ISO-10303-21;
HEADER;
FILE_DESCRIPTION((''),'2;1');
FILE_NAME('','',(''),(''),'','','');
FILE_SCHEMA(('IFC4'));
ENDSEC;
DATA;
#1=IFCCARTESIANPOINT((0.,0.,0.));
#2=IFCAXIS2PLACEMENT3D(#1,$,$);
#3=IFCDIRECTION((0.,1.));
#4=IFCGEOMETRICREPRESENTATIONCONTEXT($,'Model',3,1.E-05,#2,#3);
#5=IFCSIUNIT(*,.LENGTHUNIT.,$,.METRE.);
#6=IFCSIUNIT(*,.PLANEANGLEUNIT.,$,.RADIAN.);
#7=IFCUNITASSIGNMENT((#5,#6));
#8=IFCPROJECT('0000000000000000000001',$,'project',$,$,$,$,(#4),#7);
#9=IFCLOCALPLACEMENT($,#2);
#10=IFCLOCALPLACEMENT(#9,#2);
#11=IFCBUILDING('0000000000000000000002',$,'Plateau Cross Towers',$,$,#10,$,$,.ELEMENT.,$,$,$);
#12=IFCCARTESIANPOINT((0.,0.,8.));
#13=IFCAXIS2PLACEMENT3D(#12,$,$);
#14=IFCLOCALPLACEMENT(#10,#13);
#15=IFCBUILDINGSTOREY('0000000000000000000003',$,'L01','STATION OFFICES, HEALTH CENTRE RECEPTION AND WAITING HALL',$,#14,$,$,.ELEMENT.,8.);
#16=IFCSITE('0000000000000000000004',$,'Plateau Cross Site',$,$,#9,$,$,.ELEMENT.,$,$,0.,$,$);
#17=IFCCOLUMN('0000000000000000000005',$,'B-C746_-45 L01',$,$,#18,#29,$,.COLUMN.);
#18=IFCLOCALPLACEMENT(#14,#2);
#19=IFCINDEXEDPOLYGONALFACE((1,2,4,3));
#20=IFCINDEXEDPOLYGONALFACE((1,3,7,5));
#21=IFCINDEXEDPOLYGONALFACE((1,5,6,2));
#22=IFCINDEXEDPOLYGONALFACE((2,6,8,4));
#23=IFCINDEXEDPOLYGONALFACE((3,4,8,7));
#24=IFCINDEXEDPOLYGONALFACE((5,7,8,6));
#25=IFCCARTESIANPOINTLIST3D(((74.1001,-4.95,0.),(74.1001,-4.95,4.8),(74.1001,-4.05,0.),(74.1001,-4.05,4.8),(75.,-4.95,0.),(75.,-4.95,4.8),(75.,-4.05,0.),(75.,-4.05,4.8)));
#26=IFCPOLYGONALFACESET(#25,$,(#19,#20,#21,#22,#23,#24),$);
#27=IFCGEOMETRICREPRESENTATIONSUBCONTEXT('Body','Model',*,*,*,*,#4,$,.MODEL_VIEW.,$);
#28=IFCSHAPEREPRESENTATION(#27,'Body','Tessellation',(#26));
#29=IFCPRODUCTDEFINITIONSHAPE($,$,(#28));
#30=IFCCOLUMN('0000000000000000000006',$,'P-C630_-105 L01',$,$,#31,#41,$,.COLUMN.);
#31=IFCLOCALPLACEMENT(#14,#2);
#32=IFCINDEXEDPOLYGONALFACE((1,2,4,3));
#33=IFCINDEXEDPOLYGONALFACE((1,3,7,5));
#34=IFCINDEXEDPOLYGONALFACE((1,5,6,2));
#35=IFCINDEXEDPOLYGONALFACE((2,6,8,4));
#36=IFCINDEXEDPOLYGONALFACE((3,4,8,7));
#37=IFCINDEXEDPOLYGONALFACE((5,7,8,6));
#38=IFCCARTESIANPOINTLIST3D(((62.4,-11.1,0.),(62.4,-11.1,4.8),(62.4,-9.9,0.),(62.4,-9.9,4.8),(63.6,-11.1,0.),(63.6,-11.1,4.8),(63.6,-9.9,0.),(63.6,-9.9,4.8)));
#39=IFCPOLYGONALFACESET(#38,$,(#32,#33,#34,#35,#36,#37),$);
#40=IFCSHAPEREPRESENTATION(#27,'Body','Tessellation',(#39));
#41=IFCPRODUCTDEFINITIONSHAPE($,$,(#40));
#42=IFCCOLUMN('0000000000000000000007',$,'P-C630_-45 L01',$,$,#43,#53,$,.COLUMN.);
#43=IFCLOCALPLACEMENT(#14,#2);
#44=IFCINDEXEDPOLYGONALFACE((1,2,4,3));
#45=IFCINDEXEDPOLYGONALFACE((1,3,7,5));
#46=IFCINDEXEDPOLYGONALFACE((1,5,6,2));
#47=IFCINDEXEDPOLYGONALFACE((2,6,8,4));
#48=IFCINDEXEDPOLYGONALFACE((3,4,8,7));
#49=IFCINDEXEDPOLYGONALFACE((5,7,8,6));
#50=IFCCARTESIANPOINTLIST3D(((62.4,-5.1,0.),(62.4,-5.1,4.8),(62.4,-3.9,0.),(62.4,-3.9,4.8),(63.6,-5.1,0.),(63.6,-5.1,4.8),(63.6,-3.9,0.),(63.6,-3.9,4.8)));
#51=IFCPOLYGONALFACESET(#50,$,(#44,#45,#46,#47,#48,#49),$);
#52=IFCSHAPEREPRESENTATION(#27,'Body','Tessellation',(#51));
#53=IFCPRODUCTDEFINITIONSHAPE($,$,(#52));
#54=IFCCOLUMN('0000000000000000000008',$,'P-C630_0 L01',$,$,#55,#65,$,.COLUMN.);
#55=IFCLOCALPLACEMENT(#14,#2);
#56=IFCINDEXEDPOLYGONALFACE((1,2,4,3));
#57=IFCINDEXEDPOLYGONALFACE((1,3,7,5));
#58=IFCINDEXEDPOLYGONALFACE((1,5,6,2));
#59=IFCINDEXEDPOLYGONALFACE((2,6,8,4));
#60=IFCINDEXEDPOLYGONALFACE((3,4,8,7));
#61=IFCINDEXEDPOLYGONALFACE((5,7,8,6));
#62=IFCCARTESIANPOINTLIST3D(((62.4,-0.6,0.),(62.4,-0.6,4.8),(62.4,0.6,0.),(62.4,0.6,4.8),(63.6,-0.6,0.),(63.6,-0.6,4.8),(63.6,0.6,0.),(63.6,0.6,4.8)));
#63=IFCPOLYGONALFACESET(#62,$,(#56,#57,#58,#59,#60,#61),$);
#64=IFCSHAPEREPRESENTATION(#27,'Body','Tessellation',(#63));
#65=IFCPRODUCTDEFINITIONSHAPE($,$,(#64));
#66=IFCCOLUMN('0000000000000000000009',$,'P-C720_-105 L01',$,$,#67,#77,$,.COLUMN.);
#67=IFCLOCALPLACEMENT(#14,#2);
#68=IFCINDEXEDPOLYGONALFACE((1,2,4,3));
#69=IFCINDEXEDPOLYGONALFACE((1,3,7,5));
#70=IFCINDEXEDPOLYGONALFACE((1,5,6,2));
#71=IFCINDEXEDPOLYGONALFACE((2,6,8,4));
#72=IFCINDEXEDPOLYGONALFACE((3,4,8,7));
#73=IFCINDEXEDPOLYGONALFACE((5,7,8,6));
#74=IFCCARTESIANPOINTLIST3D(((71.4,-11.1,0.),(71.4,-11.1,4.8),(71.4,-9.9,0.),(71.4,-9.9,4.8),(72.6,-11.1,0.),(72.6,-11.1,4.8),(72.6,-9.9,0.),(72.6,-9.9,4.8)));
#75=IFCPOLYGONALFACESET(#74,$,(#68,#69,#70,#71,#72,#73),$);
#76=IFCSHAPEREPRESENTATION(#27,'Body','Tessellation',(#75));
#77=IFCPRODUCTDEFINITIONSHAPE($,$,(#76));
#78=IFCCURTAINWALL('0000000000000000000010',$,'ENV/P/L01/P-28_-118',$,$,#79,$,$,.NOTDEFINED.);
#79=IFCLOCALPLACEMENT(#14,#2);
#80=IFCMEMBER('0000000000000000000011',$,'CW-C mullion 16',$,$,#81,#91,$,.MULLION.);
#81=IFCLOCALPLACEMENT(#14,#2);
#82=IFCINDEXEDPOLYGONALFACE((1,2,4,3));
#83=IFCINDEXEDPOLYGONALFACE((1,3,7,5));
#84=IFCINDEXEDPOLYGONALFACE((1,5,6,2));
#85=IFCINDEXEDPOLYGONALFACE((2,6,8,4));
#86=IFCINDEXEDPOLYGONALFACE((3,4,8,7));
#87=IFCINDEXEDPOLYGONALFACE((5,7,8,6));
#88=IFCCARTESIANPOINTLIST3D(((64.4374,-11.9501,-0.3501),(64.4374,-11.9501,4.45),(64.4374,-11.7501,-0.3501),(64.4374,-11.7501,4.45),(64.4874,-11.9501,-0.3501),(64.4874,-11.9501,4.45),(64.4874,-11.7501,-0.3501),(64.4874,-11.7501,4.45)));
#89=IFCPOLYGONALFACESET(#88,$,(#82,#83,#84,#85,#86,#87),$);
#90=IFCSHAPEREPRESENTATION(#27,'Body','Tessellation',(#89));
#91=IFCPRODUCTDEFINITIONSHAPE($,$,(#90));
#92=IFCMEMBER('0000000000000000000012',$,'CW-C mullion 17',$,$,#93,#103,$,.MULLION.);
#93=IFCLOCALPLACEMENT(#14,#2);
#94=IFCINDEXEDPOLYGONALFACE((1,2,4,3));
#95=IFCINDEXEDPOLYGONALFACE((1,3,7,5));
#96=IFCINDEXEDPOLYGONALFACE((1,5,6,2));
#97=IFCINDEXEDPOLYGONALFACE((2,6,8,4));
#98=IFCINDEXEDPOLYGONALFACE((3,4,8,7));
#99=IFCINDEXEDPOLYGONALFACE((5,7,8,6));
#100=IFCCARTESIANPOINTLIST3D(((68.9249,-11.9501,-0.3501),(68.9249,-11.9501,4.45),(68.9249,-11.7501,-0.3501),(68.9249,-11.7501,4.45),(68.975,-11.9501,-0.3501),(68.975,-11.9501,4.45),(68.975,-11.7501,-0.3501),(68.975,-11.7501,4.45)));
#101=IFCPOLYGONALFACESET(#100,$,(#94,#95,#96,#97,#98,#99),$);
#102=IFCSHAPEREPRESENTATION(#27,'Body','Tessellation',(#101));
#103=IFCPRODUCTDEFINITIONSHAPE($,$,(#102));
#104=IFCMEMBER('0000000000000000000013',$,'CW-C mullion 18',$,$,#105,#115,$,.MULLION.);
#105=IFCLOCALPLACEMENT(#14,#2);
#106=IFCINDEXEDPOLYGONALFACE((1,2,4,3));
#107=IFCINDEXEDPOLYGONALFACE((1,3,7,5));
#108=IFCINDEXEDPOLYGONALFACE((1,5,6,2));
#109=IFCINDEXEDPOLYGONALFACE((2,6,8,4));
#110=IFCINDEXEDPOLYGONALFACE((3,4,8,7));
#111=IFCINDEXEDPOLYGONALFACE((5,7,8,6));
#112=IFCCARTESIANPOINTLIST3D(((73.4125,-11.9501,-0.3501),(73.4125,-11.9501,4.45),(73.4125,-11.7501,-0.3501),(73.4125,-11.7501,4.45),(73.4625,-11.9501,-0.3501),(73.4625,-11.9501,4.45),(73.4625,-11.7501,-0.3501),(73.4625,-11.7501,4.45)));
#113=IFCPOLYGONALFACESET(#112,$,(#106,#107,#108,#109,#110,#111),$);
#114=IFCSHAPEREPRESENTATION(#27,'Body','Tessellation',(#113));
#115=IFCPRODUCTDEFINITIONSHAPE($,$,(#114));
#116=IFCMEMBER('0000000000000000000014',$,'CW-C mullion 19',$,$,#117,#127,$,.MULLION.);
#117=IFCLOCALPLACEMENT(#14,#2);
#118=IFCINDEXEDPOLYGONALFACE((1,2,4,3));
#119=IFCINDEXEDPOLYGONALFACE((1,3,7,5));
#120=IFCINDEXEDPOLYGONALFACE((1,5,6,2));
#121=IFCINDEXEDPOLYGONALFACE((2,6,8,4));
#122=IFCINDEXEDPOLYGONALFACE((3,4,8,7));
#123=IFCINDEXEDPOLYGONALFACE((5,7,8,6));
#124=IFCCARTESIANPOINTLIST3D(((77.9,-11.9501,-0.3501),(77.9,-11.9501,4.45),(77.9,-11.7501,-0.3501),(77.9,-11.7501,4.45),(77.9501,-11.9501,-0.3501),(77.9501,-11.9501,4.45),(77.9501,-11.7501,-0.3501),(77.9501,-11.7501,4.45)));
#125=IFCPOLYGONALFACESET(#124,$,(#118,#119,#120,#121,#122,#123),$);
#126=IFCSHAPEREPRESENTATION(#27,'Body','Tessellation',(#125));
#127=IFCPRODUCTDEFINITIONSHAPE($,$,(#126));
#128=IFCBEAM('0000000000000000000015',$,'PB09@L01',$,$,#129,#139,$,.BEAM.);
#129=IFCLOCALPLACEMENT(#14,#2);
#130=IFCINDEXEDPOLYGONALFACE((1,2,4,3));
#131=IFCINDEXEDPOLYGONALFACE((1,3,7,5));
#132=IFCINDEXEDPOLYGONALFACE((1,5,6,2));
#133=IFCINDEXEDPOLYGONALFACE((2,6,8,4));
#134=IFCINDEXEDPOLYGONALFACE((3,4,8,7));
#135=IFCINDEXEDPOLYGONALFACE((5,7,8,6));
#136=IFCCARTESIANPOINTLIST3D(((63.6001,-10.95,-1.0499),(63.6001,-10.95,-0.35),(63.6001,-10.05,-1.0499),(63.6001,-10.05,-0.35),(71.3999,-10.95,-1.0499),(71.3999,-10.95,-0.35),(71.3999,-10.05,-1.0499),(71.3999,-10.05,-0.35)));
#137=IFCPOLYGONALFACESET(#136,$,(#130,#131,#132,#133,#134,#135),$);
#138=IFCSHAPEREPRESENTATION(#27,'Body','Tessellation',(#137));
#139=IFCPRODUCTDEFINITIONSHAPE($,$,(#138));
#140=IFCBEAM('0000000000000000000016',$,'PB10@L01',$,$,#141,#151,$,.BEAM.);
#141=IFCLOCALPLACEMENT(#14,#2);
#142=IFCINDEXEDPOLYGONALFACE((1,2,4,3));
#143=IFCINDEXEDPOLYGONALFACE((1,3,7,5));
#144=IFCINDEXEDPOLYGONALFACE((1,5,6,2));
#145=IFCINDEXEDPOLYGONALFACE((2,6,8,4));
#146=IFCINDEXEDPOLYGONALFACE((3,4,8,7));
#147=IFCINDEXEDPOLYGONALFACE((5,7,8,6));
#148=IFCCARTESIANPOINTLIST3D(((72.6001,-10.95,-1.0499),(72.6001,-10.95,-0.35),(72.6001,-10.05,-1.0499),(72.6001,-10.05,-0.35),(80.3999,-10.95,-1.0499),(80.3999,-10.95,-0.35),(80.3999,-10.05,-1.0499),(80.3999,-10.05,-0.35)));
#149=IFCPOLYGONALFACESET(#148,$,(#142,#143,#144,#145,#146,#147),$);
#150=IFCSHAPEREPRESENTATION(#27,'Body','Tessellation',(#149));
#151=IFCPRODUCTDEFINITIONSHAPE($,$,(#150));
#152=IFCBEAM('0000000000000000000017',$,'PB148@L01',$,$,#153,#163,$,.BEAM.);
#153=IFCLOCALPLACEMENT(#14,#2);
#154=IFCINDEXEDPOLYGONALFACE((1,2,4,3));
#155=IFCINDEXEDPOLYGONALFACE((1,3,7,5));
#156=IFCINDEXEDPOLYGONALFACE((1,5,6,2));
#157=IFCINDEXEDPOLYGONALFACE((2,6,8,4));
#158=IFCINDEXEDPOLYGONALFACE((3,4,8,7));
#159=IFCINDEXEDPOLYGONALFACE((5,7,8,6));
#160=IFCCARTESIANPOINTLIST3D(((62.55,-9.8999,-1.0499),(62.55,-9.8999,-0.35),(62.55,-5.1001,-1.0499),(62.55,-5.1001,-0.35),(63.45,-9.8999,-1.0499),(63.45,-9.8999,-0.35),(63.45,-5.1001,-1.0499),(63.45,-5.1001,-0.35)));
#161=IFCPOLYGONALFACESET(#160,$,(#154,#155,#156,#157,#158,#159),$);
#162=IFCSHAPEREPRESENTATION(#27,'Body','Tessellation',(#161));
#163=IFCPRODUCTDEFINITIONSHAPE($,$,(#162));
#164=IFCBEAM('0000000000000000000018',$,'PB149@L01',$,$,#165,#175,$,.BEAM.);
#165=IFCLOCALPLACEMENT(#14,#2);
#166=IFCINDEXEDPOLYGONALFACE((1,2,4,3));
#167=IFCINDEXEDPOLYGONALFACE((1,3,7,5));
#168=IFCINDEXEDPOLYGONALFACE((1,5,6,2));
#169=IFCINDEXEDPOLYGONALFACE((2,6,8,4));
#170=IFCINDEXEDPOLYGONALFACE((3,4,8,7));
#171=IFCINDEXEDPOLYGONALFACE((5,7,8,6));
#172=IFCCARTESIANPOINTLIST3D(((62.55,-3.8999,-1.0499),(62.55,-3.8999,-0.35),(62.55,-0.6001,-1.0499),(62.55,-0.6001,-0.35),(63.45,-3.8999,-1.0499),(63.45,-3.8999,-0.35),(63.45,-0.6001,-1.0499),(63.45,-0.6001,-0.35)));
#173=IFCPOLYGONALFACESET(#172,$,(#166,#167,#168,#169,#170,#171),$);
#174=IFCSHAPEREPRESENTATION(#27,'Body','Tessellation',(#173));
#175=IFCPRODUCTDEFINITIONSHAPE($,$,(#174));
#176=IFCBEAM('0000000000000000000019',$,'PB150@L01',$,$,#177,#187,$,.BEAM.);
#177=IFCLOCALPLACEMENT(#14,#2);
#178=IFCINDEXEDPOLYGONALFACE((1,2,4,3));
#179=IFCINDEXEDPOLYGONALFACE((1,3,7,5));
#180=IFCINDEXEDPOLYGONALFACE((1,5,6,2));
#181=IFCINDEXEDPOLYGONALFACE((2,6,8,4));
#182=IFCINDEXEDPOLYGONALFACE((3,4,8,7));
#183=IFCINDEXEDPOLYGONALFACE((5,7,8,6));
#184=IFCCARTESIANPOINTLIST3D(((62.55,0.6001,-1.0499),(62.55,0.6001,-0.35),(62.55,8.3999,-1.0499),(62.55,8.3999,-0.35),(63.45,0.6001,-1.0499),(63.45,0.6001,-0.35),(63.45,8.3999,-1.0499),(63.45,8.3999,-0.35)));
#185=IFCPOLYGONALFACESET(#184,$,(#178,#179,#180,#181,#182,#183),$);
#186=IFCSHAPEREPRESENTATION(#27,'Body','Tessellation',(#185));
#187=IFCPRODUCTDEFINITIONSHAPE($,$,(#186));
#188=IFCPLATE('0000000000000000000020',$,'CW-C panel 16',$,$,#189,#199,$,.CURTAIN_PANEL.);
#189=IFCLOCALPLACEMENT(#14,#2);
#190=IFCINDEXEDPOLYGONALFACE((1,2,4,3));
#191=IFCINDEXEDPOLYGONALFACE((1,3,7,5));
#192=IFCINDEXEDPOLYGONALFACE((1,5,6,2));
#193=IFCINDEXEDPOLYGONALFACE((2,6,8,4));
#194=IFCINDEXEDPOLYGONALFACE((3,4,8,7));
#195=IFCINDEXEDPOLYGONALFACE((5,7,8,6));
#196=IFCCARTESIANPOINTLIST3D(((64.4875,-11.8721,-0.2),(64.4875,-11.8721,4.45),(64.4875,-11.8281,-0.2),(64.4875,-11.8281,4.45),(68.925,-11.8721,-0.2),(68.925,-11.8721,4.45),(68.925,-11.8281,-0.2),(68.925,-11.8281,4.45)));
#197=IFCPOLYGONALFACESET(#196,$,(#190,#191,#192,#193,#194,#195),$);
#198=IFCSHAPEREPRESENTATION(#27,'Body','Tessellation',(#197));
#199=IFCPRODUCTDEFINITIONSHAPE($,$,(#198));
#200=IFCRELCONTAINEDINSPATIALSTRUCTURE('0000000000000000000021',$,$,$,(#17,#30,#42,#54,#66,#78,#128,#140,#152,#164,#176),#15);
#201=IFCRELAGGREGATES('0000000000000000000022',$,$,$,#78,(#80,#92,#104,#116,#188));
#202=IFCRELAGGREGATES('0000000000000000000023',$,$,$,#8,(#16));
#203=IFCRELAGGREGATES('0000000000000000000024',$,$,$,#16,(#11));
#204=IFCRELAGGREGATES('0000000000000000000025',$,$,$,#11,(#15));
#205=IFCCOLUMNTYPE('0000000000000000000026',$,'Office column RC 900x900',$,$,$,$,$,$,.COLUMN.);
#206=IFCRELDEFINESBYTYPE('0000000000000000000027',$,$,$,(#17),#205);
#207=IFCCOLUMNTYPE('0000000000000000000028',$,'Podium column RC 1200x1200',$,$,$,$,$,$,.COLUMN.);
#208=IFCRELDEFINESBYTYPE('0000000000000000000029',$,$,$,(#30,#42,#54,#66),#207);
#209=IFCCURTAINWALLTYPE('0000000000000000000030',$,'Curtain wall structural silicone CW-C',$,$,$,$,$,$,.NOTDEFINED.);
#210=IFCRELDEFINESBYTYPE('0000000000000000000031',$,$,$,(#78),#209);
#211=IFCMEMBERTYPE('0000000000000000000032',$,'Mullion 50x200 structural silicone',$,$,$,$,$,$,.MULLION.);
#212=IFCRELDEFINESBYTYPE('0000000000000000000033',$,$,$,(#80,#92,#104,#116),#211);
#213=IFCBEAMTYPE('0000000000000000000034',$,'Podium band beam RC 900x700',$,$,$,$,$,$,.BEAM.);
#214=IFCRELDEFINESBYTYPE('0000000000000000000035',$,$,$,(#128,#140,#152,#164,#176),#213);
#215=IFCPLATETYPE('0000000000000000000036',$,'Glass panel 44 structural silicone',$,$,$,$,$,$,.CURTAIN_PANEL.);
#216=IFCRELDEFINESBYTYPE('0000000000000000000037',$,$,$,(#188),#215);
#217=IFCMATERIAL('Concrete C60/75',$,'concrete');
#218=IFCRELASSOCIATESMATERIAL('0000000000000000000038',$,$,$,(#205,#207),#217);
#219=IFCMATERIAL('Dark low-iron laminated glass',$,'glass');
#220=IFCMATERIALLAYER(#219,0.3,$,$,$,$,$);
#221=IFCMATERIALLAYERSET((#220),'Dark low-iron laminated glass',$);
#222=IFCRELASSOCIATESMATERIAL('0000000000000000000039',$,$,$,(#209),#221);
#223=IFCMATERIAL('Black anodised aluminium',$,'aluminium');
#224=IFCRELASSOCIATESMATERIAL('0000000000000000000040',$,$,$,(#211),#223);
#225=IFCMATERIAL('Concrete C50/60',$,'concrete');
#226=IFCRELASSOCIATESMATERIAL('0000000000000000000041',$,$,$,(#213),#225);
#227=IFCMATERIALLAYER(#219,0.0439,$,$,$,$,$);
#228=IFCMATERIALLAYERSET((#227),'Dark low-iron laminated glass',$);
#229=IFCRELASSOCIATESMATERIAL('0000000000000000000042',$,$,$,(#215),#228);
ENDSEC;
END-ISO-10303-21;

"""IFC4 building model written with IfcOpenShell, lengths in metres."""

from ifc_helpers import new_model, si_unit, direction, frame, origin, origin_2d, place, context, subcontext, project, spatial, rectangle, extrude, material, layer, layer_set, material_profile, profile_set, type_object, element, aggregate, save


model = new_model("IFC4")

# Units and contexts
model_context = context("Model", 3, precision=1e-05, world=origin(), true_north=direction((0.0, 1.0)))
body_context = subcontext(model_context, "Body", "Model", "MODEL_VIEW")
ifc_project = project(units=[si_unit("LENGTHUNIT", "METRE"), si_unit("PLANEANGLEUNIT", "RADIAN")], contexts=[model_context])

# Site, building, storey
site_placement = place(None, origin())
site = spatial("IfcSite", under=ifc_project, at=site_placement, Name="Plateau Cross Site", CompositionType="ELEMENT", RefElevation=0.0)
building_placement = place(site_placement, origin())
building = spatial("IfcBuilding", under=site, at=building_placement, Name="Plateau Cross Towers", CompositionType="ELEMENT")
storey_placement = place(building_placement, frame((0.0, 0.0, 8.0)))
storey = spatial("IfcBuildingStorey", under=building, at=storey_placement, Name="L01", Description="STATION OFFICES, HEALTH CENTRE RECEPTION AND WAITING HALL", CompositionType="ELEMENT", Elevation=8.0)

# Columns
ifc_material_1 = material(Name="Concrete C60/75", Category="concrete")
ifc_material_profile_1 = material_profile(ifc_material_1, rectangle(XDim=0.8999, YDim=0.8999, at=origin_2d()), Name="RC 900x900")
ifc_profile_set_1 = profile_set([ifc_material_profile_1], Name="Concrete C60/75")
column_type_1 = type_object("IfcColumnType", Name="Office column RC 900x900", PredefinedType="COLUMN", material=ifc_profile_set_1)
column_placement = place(storey_placement, frame((74.55, -4.5, 0.0), z_axis=(0.0, 0.0, 1.0), x_axis=(1.0, 0.0, 0.0)))
element("IfcColumn", 1, at=column_placement, inside=storey, type_object=column_type_1, Name="B-C746_-45 L01", PredefinedType="COLUMN", context=body_context, shape_type="SweptSolid", body=[
    extrude(rectangle(XDim=0.8999, YDim=0.8999, at=origin_2d()), origin(), (0.0, 0.0, 1.0), 4.8),
])
ifc_material_profile_2 = material_profile(ifc_material_1, rectangle(XDim=1.2, YDim=1.2, at=origin_2d()), Name="RC 1200x1200")
ifc_profile_set_2 = profile_set([ifc_material_profile_2], Name="Concrete C60/75")
column_type_2 = type_object("IfcColumnType", Name="Podium column RC 1200x1200", PredefinedType="COLUMN", material=ifc_profile_set_2)
for number, where, z_axis, x_axis, name in (
    (2, (63.0, -10.5, 0.0), (0.0, 0.0, 1.0), (1.0, 0.0, 0.0), "P-C630_-105 L01"),
    (3, (63.0, -4.5, 0.0), (0.0, 0.0, 1.0), (1.0, 0.0, 0.0), "P-C630_-45 L01"),
    (4, (63.0, 0.0, 0.0), (0.0, 0.0, 1.0), (1.0, 0.0, 0.0), "P-C630_0 L01"),
    (5, (72.0, -10.5, 0.0), (0.0, 0.0, 1.0), (1.0, 0.0, 0.0), "P-C720_-105 L01"),
):
    element("IfcColumn", number, at=place(storey_placement, frame(where, z_axis=z_axis, x_axis=x_axis)), inside=storey, type_object=column_type_2, Name=name, PredefinedType="COLUMN", context=body_context, shape_type="SweptSolid", body=[
        extrude(rectangle(XDim=1.2, YDim=1.2, at=origin_2d()), origin(), (0.0, 0.0, 1.0), 4.8),
    ])

# Curtain wall, members
ifc_material_2 = material(Name="Dark low-iron laminated glass", Category="glass")
ifc_layer_1 = layer(ifc_material_2, 0.3)
ifc_layer_set_1 = layer_set([ifc_layer_1], Name="Dark low-iron laminated glass")
curtain_wall_type = type_object("IfcCurtainWallType", Name="Curtain wall structural silicone CW-C", PredefinedType="NOTDEFINED", material=ifc_layer_set_1)
curtain_wall_placement = place(storey_placement, origin())
curtain_wall = element("IfcCurtainWall", 6, at=curtain_wall_placement, inside=storey, type_object=curtain_wall_type, Name="ENV/P/L01/P-28_-118", PredefinedType="NOTDEFINED")
ifc_material_3 = material(Name="Black anodised aluminium", Category="aluminium")
ifc_material_profile_3 = material_profile(ifc_material_3, rectangle(XDim=0.05, YDim=0.2, at=origin_2d()), Name="MULLION 50x200")
ifc_profile_set_3 = profile_set([ifc_material_profile_3], Name="Black anodised aluminium")
member_type = type_object("IfcMemberType", Name="Mullion 50x200 structural silicone", PredefinedType="MULLION", material=ifc_profile_set_3)
member_1_placement = place(storey_placement, frame((64.4624, -11.8501, -0.3501), z_axis=(0.0, 0.0, 1.0), x_axis=(1.0, 0.0, 0.0)))
member_1 = element("IfcMember", 7, at=member_1_placement, type_object=member_type, Name="CW-C mullion 16", PredefinedType="MULLION", context=body_context, shape_type="SweptSolid", body=[
    extrude(rectangle(XDim=0.05, YDim=0.2, at=origin_2d()), origin(), (0.0, 0.0, 1.0), 4.8),
])
member_2_placement = place(storey_placement, frame((68.95, -11.8501, -0.3501), z_axis=(0.0, 0.0, 1.0), x_axis=(1.0, 0.0, 0.0)))
member_2 = element("IfcMember", 8, at=member_2_placement, type_object=member_type, Name="CW-C mullion 17", PredefinedType="MULLION", context=body_context, shape_type="SweptSolid", body=[
    extrude(rectangle(XDim=0.05, YDim=0.2, at=origin_2d()), origin(), (0.0, 0.0, 1.0), 4.8),
])
member_3_placement = place(storey_placement, frame((73.4375, -11.8501, -0.3501), z_axis=(0.0, 0.0, 1.0), x_axis=(1.0, 0.0, 0.0)))
member_3 = element("IfcMember", 9, at=member_3_placement, type_object=member_type, Name="CW-C mullion 18", PredefinedType="MULLION", context=body_context, shape_type="SweptSolid", body=[
    extrude(rectangle(XDim=0.05, YDim=0.2, at=origin_2d()), origin(), (0.0, 0.0, 1.0), 4.8),
])
member_4_placement = place(storey_placement, frame((77.925, -11.8501, -0.3501), z_axis=(0.0, 0.0, 1.0), x_axis=(1.0, 0.0, 0.0)))
member_4 = element("IfcMember", 10, at=member_4_placement, type_object=member_type, Name="CW-C mullion 19", PredefinedType="MULLION", context=body_context, shape_type="SweptSolid", body=[
    extrude(rectangle(XDim=0.05, YDim=0.2, at=origin_2d()), origin(), (0.0, 0.0, 1.0), 4.8),
])

# Beams
ifc_material_4 = material(Name="Concrete C50/60", Category="concrete")
ifc_material_profile_4 = material_profile(ifc_material_4, rectangle(XDim=0.8999, YDim=0.7, at=origin_2d()), Name="RC 900x700")
ifc_profile_set_4 = profile_set([ifc_material_profile_4], Name="Concrete C50/60")
beam_type = type_object("IfcBeamType", Name="Podium band beam RC 900x700", PredefinedType="BEAM", material=ifc_profile_set_4)
for number, where, z_axis, x_axis, name in (
    (11, (63.6001, -10.5, -0.7), (1.0, 0.0, 0.0), (0.0, 1.0, 0.0), "PB09@L01"),
    (12, (72.6001, -10.5, -0.7), (1.0, 0.0, 0.0), (0.0, 1.0, 0.0), "PB10@L01"),
):
    element("IfcBeam", number, at=place(storey_placement, frame(where, z_axis=z_axis, x_axis=x_axis)), inside=storey, type_object=beam_type, Name=name, PredefinedType="BEAM", context=body_context, shape_type="SweptSolid", body=[
        extrude(rectangle(XDim=0.8999, YDim=0.7, at=origin_2d()), origin(), (0.0, 0.0, 1.0), 7.7998),
    ])
beam_1_placement = place(storey_placement, frame((63.0, -9.8999, -0.7), z_axis=(0.0, 1.0, 0.0), x_axis=(-1.0, 0.0, 0.0)))
element("IfcBeam", 13, at=beam_1_placement, inside=storey, type_object=beam_type, Name="PB148@L01", PredefinedType="BEAM", context=body_context, shape_type="SweptSolid", body=[
    extrude(rectangle(XDim=0.8999, YDim=0.7, at=origin_2d()), origin(), (0.0, 0.0, 1.0), 4.7998),
])
beam_2_placement = place(storey_placement, frame((63.0, -3.8999, -0.7), z_axis=(0.0, 1.0, 0.0), x_axis=(-1.0, 0.0, 0.0)))
element("IfcBeam", 14, at=beam_2_placement, inside=storey, type_object=beam_type, Name="PB149@L01", PredefinedType="BEAM", context=body_context, shape_type="SweptSolid", body=[
    extrude(rectangle(XDim=0.8999, YDim=0.7, at=origin_2d()), origin(), (0.0, 0.0, 1.0), 3.2998),
])
beam_3_placement = place(storey_placement, frame((63.0, 0.6001, -0.7), z_axis=(0.0, 1.0, 0.0), x_axis=(-1.0, 0.0, 0.0)))
element("IfcBeam", 15, at=beam_3_placement, inside=storey, type_object=beam_type, Name="PB150@L01", PredefinedType="BEAM", context=body_context, shape_type="SweptSolid", body=[
    extrude(rectangle(XDim=0.8999, YDim=0.7, at=origin_2d()), origin(), (0.0, 0.0, 1.0), 7.7998),
])

# Plate
ifc_layer_2 = layer(ifc_material_2, 0.0439)
ifc_layer_set_2 = layer_set([ifc_layer_2], Name="Dark low-iron laminated glass")
plate_type = type_object("IfcPlateType", Name="Glass panel 44 structural silicone", PredefinedType="CURTAIN_PANEL", material=ifc_layer_set_2)
plate_1_placement = place(storey_placement, frame((66.7063, -11.8501, -0.2), z_axis=(0.0, 0.0, 1.0), x_axis=(1.0, 0.0, 0.0)))
plate_1 = element("IfcPlate", 16, at=plate_1_placement, type_object=plate_type, Name="CW-C panel 16", PredefinedType="CURTAIN_PANEL", context=body_context, shape_type="SweptSolid", body=[
    extrude(rectangle(XDim=4.4375, YDim=0.0439, at=origin_2d()), origin(), (0.0, 0.0, 1.0), 4.6499),
])
aggregate(curtain_wall, [member_1, member_2, member_3, member_4, plate_1])

save(model, "model.ifc")
